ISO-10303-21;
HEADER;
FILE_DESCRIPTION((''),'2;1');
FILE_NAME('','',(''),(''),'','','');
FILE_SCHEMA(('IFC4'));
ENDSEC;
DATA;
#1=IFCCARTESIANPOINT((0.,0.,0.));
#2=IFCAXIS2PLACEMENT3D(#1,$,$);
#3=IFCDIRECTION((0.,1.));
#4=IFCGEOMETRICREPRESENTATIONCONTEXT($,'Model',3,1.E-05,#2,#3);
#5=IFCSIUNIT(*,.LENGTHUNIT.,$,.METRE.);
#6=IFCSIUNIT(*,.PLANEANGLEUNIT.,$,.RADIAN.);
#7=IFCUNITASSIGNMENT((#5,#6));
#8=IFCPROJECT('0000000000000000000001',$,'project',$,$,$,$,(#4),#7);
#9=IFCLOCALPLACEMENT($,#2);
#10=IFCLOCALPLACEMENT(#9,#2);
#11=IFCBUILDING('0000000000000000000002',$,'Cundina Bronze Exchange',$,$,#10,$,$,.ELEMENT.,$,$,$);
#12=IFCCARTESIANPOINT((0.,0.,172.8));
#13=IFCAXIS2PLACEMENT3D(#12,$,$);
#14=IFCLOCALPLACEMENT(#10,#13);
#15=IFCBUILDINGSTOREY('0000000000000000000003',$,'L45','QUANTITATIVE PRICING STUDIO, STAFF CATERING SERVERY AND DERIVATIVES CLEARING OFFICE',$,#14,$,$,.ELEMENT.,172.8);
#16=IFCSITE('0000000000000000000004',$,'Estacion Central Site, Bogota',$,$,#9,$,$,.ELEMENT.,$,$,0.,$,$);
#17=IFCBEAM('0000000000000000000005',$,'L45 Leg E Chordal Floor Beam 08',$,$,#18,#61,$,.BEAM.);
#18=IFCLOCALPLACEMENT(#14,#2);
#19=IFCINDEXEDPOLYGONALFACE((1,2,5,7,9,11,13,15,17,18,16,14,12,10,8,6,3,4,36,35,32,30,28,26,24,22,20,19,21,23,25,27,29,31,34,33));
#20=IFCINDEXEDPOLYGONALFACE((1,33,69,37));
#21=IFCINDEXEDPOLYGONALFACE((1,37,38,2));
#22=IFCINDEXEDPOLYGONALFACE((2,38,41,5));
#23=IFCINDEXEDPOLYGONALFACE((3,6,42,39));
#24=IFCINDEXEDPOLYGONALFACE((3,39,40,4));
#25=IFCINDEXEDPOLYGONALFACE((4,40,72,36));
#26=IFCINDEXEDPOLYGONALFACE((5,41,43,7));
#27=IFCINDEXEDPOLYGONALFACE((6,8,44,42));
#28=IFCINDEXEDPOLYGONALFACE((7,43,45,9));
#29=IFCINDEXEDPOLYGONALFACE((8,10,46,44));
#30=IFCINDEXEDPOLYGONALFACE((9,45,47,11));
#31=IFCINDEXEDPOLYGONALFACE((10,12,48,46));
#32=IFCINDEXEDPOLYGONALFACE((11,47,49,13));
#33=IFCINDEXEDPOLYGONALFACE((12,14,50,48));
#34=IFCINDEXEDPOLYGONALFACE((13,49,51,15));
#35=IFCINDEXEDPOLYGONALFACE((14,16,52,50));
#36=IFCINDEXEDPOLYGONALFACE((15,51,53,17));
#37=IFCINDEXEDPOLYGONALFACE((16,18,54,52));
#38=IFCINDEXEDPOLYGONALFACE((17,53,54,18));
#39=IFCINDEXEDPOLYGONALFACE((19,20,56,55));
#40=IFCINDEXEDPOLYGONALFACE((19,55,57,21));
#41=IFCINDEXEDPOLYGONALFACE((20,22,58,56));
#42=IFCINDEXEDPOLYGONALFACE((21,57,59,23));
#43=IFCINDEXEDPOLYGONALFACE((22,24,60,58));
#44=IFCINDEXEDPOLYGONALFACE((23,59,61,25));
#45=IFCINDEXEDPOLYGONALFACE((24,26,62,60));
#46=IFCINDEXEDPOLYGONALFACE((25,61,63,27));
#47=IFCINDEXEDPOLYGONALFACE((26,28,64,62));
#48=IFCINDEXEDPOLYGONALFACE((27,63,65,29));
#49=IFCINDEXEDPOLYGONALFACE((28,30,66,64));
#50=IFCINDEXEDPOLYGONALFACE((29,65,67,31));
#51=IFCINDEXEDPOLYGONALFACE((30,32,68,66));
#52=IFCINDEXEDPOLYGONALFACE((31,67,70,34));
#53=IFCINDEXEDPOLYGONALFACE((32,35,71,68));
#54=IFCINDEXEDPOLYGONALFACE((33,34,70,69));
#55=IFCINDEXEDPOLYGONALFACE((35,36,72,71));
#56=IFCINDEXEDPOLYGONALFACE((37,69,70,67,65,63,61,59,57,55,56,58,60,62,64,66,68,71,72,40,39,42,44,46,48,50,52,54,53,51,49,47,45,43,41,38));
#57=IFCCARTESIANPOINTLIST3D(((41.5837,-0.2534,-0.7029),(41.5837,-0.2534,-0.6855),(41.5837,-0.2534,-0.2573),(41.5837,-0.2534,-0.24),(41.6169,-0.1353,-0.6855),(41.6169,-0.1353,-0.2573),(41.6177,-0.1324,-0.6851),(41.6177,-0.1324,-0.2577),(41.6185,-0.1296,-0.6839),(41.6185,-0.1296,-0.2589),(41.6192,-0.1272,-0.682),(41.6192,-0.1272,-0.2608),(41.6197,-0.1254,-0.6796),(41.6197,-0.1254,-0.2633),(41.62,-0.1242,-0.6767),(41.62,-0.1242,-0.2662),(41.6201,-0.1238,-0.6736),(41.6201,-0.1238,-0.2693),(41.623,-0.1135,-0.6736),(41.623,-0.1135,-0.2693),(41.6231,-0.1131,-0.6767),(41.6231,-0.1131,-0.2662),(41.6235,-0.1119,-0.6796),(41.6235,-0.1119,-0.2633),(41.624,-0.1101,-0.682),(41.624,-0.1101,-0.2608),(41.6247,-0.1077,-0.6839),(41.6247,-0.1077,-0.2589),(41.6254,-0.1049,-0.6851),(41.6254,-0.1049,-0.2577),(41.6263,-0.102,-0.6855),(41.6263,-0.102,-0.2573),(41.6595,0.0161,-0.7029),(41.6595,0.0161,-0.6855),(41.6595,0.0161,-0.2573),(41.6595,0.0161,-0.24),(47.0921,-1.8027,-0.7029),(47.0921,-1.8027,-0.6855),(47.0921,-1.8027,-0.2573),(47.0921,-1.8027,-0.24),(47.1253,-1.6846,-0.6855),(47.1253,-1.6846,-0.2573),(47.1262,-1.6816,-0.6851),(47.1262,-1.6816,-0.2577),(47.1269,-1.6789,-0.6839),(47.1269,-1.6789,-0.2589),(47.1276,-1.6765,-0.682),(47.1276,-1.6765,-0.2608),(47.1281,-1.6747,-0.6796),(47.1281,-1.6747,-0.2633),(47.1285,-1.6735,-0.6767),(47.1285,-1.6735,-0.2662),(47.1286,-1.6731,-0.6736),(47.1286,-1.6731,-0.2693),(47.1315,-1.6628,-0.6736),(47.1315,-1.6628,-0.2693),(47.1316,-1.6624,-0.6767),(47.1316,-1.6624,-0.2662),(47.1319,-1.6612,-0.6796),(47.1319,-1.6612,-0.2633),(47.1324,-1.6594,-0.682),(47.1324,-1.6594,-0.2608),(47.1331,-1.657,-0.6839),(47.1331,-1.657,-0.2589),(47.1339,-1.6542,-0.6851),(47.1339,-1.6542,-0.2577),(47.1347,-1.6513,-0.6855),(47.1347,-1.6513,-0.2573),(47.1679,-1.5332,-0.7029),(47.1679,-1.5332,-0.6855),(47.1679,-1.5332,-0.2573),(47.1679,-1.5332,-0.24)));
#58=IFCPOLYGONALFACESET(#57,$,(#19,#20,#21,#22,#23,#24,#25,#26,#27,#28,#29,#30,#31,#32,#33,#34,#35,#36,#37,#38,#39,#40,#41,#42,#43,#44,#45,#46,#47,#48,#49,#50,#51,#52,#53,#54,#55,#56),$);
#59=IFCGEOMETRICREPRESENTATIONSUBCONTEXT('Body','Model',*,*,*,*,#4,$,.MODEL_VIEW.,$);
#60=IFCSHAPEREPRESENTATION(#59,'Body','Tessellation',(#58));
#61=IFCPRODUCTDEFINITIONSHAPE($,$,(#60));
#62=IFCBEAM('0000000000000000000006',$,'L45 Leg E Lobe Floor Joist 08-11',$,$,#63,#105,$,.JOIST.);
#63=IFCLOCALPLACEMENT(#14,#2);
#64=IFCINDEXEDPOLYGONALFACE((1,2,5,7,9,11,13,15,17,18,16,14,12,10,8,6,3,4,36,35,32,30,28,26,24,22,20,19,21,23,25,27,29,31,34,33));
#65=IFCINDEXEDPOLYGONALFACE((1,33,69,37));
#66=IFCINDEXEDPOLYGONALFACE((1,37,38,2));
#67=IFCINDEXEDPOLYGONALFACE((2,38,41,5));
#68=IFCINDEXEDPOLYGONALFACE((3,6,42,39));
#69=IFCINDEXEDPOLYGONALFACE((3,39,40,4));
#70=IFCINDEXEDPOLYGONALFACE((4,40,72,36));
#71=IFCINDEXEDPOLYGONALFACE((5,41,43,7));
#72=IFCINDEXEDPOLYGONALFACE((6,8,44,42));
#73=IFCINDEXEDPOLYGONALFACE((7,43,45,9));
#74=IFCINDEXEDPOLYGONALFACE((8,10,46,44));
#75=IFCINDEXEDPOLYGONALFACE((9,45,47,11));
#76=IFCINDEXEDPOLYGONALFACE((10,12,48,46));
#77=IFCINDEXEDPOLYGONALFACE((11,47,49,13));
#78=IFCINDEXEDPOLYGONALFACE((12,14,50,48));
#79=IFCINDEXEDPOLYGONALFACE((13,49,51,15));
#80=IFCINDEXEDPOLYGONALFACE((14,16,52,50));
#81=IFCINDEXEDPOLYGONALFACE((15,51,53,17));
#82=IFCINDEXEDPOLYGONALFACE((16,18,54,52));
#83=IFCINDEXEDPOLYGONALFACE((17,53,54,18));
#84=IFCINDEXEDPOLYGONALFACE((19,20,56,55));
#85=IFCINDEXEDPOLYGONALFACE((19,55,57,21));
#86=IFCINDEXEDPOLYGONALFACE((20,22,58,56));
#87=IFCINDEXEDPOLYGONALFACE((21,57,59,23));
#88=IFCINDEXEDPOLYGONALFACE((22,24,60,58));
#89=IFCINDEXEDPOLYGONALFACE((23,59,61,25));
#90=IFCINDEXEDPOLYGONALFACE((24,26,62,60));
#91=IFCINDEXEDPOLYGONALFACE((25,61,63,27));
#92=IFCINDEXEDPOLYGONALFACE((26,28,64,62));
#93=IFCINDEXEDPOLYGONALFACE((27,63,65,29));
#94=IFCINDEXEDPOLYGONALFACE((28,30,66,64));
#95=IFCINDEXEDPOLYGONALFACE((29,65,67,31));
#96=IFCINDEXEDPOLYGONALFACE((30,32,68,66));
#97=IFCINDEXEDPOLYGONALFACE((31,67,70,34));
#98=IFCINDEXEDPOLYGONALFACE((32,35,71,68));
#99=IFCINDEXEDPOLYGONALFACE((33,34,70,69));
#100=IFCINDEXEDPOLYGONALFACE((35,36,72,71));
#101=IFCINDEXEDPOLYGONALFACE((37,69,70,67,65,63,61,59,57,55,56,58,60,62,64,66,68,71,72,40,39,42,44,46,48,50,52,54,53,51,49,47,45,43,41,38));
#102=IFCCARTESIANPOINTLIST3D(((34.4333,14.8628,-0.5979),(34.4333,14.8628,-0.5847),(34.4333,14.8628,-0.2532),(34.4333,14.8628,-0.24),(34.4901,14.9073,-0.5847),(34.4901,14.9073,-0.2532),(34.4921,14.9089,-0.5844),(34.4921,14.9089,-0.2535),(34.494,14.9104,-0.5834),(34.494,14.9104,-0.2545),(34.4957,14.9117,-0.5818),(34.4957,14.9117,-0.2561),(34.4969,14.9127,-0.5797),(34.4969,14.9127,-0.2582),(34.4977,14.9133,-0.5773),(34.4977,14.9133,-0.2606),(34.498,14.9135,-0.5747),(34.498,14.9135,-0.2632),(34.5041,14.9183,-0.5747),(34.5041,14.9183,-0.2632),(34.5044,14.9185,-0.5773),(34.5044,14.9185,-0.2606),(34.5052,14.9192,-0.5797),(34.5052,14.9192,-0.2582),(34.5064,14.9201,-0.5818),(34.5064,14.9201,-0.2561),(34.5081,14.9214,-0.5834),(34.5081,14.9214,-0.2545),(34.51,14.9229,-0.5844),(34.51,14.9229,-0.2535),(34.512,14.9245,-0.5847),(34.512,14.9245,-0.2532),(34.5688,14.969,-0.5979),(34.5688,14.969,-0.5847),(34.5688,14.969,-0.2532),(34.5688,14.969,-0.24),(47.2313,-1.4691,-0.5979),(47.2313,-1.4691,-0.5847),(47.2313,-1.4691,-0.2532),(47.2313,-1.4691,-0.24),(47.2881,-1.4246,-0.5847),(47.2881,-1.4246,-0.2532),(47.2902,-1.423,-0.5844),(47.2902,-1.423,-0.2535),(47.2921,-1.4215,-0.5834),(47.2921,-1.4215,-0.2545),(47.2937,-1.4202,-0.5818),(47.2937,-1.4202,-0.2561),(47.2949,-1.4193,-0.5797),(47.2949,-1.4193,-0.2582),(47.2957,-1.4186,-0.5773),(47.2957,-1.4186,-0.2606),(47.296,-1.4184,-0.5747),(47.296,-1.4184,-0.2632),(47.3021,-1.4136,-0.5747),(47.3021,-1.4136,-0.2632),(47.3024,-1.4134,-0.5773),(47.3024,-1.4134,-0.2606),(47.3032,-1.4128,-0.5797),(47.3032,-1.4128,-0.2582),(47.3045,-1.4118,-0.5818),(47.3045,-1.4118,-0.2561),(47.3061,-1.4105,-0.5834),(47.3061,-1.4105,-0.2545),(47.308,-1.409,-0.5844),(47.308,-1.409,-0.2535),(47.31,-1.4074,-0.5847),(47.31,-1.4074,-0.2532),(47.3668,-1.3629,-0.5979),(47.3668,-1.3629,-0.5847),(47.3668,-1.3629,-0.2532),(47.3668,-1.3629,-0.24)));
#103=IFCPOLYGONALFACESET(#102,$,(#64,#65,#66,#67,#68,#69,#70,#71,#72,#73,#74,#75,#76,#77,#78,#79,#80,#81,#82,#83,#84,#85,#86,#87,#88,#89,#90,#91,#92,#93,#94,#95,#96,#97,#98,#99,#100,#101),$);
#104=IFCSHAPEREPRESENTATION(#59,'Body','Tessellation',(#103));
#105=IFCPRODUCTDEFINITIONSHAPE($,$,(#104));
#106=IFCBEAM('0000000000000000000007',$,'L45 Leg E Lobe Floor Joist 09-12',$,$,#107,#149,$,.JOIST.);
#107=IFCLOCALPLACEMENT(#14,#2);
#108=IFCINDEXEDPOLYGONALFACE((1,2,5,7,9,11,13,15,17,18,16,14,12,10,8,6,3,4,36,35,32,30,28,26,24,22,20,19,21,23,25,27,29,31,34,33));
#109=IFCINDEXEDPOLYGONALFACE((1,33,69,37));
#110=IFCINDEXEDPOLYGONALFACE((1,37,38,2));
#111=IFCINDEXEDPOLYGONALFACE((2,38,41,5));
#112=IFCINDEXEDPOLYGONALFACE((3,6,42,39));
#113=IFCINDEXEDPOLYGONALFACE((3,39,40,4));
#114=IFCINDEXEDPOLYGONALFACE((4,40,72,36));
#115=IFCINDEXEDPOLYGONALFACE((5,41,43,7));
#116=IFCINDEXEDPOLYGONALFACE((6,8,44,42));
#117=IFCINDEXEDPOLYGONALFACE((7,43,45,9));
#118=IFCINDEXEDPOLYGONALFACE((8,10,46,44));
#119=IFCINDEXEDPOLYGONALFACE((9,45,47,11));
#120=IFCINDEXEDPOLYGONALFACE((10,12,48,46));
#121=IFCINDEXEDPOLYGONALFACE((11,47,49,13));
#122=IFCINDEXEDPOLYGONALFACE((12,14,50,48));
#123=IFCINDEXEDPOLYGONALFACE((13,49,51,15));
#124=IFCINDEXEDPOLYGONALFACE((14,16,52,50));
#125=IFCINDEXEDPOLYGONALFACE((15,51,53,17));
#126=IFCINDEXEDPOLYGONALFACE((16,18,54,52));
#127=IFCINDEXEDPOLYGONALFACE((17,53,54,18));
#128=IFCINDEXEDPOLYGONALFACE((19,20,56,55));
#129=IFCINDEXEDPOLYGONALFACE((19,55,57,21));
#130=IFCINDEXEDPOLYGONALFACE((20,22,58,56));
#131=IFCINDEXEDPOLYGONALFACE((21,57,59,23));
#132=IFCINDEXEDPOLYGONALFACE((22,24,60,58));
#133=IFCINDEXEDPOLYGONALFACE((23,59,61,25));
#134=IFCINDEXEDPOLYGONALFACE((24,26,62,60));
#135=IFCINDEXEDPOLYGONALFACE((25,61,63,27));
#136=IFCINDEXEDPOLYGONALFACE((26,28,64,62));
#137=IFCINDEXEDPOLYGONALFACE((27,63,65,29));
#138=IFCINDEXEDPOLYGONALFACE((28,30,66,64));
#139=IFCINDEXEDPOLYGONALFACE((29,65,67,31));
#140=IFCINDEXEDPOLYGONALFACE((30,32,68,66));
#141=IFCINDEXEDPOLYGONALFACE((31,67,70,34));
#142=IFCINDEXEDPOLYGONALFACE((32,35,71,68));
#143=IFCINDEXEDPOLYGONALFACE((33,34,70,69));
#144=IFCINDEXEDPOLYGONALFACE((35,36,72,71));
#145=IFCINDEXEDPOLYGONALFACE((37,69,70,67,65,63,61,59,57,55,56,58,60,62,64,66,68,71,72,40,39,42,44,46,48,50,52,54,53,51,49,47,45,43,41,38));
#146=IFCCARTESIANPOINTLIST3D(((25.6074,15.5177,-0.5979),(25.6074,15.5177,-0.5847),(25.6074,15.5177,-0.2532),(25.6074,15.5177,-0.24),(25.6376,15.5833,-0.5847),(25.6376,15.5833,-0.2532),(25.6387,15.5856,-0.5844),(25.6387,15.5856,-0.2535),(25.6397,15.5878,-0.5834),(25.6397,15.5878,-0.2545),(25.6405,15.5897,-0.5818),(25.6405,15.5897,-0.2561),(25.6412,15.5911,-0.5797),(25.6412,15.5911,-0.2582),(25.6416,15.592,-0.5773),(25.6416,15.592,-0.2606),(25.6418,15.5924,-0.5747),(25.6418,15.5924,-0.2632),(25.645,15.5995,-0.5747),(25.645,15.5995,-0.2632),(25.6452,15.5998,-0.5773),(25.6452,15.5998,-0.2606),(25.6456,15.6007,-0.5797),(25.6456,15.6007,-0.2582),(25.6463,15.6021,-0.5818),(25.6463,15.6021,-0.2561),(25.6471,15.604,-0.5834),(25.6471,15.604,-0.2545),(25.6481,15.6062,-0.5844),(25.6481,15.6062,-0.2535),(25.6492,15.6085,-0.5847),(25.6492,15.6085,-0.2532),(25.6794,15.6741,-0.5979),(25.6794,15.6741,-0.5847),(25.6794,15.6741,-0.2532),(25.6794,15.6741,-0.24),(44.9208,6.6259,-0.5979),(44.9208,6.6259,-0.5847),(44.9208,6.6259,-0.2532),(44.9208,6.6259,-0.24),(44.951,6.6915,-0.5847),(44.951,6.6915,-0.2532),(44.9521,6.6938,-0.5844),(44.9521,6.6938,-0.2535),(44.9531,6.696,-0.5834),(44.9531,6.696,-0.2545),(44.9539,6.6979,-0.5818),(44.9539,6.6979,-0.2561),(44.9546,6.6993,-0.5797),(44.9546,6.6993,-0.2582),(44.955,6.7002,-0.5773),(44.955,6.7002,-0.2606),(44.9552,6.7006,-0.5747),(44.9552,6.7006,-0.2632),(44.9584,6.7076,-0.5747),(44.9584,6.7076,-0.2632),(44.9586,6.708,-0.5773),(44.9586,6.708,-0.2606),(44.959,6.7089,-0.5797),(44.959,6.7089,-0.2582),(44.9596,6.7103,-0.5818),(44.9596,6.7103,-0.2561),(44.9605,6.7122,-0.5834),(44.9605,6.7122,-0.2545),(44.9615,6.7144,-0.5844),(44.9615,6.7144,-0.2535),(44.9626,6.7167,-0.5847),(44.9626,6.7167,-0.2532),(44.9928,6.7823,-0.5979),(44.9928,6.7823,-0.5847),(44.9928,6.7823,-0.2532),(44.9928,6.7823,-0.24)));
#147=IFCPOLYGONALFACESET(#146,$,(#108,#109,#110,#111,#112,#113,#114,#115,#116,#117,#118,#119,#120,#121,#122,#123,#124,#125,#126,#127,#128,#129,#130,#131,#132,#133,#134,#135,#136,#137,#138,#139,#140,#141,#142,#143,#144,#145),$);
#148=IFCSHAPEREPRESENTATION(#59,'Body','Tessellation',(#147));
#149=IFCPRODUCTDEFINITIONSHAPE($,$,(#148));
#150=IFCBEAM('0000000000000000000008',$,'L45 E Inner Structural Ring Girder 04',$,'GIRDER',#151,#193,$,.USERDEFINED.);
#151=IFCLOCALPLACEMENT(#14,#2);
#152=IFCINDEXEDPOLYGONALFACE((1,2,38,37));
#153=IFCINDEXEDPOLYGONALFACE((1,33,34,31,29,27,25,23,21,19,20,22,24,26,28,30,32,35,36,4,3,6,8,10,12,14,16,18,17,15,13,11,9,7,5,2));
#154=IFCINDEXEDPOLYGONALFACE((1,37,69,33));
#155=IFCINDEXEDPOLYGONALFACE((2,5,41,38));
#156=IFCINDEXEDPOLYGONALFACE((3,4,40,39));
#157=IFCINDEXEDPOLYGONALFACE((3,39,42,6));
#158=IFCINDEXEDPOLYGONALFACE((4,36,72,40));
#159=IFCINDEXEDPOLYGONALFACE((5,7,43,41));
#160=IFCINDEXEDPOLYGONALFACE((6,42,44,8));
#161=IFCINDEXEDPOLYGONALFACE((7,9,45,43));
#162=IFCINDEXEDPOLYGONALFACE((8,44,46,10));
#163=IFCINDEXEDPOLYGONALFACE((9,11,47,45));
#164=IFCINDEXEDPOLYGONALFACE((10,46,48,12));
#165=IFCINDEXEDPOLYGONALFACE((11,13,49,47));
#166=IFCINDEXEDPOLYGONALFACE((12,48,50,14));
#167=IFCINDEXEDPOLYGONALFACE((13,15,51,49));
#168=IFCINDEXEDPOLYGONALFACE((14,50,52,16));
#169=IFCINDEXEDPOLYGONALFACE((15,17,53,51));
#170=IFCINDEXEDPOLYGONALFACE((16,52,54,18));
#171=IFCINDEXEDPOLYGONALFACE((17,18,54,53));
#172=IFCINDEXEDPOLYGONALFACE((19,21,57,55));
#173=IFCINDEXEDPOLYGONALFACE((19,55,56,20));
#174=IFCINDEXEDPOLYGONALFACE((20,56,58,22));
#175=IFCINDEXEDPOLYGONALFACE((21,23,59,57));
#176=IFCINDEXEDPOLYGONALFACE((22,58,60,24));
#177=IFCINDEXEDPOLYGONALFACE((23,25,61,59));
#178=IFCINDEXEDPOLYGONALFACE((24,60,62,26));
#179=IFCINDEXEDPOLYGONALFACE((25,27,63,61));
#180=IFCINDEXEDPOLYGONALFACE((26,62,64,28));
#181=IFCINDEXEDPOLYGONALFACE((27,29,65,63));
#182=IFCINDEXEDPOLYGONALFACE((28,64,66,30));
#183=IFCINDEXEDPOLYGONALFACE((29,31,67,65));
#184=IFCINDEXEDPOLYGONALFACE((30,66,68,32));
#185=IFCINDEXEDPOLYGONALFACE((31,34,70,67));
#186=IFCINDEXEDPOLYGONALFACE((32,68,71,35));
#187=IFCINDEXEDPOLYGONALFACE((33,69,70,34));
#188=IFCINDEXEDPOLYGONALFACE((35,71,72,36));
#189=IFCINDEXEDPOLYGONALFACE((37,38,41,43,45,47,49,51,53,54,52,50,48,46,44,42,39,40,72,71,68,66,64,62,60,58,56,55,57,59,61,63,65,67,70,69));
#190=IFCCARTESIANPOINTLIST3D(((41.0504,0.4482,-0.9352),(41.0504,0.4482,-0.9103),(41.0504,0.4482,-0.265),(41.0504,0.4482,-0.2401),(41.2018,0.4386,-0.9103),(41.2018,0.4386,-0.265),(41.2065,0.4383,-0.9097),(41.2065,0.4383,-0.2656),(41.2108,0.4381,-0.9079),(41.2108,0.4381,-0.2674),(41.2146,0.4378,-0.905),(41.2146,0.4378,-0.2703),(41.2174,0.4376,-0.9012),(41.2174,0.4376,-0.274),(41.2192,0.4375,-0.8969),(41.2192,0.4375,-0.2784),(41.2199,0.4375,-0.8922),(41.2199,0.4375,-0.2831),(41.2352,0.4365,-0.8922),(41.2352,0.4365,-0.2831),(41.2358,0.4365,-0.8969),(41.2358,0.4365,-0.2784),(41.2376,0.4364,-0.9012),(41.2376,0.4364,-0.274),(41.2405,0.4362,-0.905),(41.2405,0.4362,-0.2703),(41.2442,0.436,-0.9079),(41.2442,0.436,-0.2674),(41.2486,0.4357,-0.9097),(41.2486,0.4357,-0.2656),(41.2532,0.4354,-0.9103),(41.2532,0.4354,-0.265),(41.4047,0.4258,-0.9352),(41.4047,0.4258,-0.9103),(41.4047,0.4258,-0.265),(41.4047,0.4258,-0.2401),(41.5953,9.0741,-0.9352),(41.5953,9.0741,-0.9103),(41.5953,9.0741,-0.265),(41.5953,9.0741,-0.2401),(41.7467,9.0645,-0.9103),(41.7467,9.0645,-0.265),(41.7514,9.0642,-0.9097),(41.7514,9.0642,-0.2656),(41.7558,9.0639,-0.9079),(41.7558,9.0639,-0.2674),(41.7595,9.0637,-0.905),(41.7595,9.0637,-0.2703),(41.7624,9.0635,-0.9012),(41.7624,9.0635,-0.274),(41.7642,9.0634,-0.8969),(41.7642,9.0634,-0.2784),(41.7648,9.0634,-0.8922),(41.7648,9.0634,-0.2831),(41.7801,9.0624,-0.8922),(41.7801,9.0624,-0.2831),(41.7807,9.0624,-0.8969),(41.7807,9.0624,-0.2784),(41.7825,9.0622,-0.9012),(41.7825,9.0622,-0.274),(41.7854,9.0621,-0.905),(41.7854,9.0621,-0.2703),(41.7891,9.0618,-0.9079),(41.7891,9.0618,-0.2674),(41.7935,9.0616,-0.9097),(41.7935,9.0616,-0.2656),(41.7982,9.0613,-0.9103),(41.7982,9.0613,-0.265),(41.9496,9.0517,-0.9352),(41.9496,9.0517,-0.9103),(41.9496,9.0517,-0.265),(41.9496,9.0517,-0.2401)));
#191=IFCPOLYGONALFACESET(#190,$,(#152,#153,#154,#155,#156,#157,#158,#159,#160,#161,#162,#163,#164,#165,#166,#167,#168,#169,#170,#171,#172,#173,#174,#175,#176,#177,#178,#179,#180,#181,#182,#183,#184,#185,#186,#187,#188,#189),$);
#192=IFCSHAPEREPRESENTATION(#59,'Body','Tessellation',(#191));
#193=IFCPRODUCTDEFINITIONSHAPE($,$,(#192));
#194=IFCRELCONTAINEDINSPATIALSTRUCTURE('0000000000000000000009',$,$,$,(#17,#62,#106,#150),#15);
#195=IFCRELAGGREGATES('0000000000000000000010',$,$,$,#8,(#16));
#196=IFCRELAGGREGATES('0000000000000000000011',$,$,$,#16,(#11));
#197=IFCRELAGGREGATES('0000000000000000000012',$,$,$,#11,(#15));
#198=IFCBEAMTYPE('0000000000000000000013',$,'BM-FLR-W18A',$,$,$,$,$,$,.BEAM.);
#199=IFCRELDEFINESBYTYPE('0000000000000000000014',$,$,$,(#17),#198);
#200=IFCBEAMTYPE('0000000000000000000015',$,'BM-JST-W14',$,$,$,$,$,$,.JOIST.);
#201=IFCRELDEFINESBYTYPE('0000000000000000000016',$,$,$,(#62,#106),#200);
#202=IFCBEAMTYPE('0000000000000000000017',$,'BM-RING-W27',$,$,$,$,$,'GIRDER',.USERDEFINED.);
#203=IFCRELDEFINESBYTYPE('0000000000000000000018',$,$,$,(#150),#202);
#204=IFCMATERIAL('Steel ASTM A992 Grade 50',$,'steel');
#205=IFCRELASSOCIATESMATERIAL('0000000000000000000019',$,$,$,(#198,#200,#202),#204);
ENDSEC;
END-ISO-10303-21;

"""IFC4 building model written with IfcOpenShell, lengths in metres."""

from ifc_helpers import new_model, si_unit, direction, frame, origin, origin_2d, place, context, subcontext, project, spatial, i_section, extrude, material, material_profile, profile_set, type_object, element, save


model = new_model("IFC4")

# Units and contexts
model_context = context("Model", 3, precision=1e-05, world=origin(), true_north=direction((0.0, 1.0)))
body_context = subcontext(model_context, "Body", "Model", "MODEL_VIEW")
ifc_project = project(units=[si_unit("LENGTHUNIT", "METRE"), si_unit("PLANEANGLEUNIT", "RADIAN")], contexts=[model_context])

# Site, building, storey
site_placement = place(None, origin())
site = spatial("IfcSite", under=ifc_project, at=site_placement, Name="Estacion Central Site, Bogota", CompositionType="ELEMENT", RefElevation=0.0)
building_placement = place(site_placement, origin())
building = spatial("IfcBuilding", under=site, at=building_placement, Name="Cundina Bronze Exchange", CompositionType="ELEMENT")
storey_placement = place(building_placement, frame((0.0, 0.0, 172.8)))
storey = spatial("IfcBuildingStorey", under=building, at=storey_placement, Name="L45", Description="QUANTITATIVE PRICING STUDIO, STAFF CATERING SERVERY AND DERIVATIVES CLEARING OFFICE", CompositionType="ELEMENT", Elevation=172.8)

# Shared definitions
ifc_material_1 = material(Name="Steel ASTM A992 Grade 50", Category="steel")

# Beams
ifc_material_profile_1 = material_profile(ifc_material_1, i_section(OverallWidth=0.28, OverallDepth=0.4629, WebThickness=0.0107, FlangeThickness=0.0173, FilletRadius=0.012, at=origin_2d()), Name="W18X76", Category="steel")
ifc_profile_set_1 = profile_set([ifc_material_profile_1], Name="Steel ASTM A992 Grade 50")
beam_type_1 = type_object("IfcBeamType", Name="BM-FLR-W18A", PredefinedType="BEAM", material=ifc_profile_set_1)
beam_1_placement = place(storey_placement, frame((41.6216, -0.1187, -0.4714), z_axis=(0.962649, -0.270752, 0.0), x_axis=(0.270752, 0.962649, 0.0)))
element("IfcBeam", 1, at=beam_1_placement, inside=storey, type_object=beam_type_1, Name="L45 Leg E Chordal Floor Beam 08", PredefinedType="BEAM", context=body_context, shape_type="SweptSolid", body=[
    extrude(i_section(OverallWidth=0.28, OverallDepth=0.4629, WebThickness=0.0107, FlangeThickness=0.0173, FilletRadius=0.012, at=origin_2d()), origin(), (0.0, 0.0, 1.0), 5.7222),
])
ifc_material_profile_2 = material_profile(ifc_material_1, i_section(OverallWidth=0.1721, OverallDepth=0.3579, WebThickness=0.0078, FlangeThickness=0.0132, FilletRadius=0.01, at=origin_2d()), Name="W14X38", Category="steel")
ifc_profile_set_2 = profile_set([ifc_material_profile_2], Name="Steel ASTM A992 Grade 50")
beam_type_2 = type_object("IfcBeamType", Name="BM-JST-W14", PredefinedType="JOIST", material=ifc_profile_set_2)
beam_2_placement = place(storey_placement, frame((47.2991, -1.416, -0.4189), z_axis=(-0.616801, 0.787119, 0.0), x_axis=(-0.787119, -0.616801, 0.0)))
element("IfcBeam", 2, at=beam_2_placement, inside=storey, type_object=beam_type_2, Name="L45 Leg E Lobe Floor Joist 08-11", PredefinedType="JOIST", context=body_context, shape_type="SweptSolid", body=[
    extrude(i_section(OverallWidth=0.1721, OverallDepth=0.3579, WebThickness=0.0078, FlangeThickness=0.0132, FilletRadius=0.01, at=origin_2d()), origin(), (0.0, 0.0, 1.0), 20.749),
])
beam_3_placement = place(storey_placement, frame((44.9568, 6.7041, -0.4189), z_axis=(-0.908354, 0.418202, 0.0), x_axis=(-0.418202, -0.908354, 0.0)))
element("IfcBeam", 3, at=beam_3_placement, inside=storey, type_object=beam_type_2, Name="L45 Leg E Lobe Floor Joist 09-12", PredefinedType="JOIST", context=body_context, shape_type="SweptSolid", body=[
    extrude(i_section(OverallWidth=0.1721, OverallDepth=0.3579, WebThickness=0.0078, FlangeThickness=0.0132, FilletRadius=0.01, at=origin_2d()), origin(), (0.0, 0.0, 1.0), 21.262),
])
ifc_material_profile_3 = material_profile(ifc_material_1, i_section(OverallWidth=0.355, OverallDepth=0.6951, WebThickness=0.0154, FlangeThickness=0.0249, FilletRadius=0.0181, at=origin_2d()), Name="W27X146", Category="steel")
ifc_profile_set_3 = profile_set([ifc_material_profile_3], Name="Steel ASTM A992 Grade 50")
beam_type_3 = type_object("IfcBeamType", Name="BM-RING-W27", ElementType="GIRDER", PredefinedType="USERDEFINED", material=ifc_profile_set_3)
beam_4_placement = place(storey_placement, frame((41.2275, 0.437, -0.5876), z_axis=(0.063047, 0.998011, 0.0), x_axis=(-0.998011, 0.063047, 0.0)))
element("IfcBeam", 4, at=beam_4_placement, inside=storey, type_object=beam_type_3, Name="L45 E Inner Structural Ring Girder 04", ObjectType="GIRDER", PredefinedType="USERDEFINED", context=body_context, shape_type="SweptSolid", body=[
    extrude(i_section(OverallWidth=0.355, OverallDepth=0.6951, WebThickness=0.0154, FlangeThickness=0.0249, FilletRadius=0.0181, at=origin_2d()), origin(), (0.0, 0.0, 1.0), 8.6431),
])

save(model, "model.ifc")
